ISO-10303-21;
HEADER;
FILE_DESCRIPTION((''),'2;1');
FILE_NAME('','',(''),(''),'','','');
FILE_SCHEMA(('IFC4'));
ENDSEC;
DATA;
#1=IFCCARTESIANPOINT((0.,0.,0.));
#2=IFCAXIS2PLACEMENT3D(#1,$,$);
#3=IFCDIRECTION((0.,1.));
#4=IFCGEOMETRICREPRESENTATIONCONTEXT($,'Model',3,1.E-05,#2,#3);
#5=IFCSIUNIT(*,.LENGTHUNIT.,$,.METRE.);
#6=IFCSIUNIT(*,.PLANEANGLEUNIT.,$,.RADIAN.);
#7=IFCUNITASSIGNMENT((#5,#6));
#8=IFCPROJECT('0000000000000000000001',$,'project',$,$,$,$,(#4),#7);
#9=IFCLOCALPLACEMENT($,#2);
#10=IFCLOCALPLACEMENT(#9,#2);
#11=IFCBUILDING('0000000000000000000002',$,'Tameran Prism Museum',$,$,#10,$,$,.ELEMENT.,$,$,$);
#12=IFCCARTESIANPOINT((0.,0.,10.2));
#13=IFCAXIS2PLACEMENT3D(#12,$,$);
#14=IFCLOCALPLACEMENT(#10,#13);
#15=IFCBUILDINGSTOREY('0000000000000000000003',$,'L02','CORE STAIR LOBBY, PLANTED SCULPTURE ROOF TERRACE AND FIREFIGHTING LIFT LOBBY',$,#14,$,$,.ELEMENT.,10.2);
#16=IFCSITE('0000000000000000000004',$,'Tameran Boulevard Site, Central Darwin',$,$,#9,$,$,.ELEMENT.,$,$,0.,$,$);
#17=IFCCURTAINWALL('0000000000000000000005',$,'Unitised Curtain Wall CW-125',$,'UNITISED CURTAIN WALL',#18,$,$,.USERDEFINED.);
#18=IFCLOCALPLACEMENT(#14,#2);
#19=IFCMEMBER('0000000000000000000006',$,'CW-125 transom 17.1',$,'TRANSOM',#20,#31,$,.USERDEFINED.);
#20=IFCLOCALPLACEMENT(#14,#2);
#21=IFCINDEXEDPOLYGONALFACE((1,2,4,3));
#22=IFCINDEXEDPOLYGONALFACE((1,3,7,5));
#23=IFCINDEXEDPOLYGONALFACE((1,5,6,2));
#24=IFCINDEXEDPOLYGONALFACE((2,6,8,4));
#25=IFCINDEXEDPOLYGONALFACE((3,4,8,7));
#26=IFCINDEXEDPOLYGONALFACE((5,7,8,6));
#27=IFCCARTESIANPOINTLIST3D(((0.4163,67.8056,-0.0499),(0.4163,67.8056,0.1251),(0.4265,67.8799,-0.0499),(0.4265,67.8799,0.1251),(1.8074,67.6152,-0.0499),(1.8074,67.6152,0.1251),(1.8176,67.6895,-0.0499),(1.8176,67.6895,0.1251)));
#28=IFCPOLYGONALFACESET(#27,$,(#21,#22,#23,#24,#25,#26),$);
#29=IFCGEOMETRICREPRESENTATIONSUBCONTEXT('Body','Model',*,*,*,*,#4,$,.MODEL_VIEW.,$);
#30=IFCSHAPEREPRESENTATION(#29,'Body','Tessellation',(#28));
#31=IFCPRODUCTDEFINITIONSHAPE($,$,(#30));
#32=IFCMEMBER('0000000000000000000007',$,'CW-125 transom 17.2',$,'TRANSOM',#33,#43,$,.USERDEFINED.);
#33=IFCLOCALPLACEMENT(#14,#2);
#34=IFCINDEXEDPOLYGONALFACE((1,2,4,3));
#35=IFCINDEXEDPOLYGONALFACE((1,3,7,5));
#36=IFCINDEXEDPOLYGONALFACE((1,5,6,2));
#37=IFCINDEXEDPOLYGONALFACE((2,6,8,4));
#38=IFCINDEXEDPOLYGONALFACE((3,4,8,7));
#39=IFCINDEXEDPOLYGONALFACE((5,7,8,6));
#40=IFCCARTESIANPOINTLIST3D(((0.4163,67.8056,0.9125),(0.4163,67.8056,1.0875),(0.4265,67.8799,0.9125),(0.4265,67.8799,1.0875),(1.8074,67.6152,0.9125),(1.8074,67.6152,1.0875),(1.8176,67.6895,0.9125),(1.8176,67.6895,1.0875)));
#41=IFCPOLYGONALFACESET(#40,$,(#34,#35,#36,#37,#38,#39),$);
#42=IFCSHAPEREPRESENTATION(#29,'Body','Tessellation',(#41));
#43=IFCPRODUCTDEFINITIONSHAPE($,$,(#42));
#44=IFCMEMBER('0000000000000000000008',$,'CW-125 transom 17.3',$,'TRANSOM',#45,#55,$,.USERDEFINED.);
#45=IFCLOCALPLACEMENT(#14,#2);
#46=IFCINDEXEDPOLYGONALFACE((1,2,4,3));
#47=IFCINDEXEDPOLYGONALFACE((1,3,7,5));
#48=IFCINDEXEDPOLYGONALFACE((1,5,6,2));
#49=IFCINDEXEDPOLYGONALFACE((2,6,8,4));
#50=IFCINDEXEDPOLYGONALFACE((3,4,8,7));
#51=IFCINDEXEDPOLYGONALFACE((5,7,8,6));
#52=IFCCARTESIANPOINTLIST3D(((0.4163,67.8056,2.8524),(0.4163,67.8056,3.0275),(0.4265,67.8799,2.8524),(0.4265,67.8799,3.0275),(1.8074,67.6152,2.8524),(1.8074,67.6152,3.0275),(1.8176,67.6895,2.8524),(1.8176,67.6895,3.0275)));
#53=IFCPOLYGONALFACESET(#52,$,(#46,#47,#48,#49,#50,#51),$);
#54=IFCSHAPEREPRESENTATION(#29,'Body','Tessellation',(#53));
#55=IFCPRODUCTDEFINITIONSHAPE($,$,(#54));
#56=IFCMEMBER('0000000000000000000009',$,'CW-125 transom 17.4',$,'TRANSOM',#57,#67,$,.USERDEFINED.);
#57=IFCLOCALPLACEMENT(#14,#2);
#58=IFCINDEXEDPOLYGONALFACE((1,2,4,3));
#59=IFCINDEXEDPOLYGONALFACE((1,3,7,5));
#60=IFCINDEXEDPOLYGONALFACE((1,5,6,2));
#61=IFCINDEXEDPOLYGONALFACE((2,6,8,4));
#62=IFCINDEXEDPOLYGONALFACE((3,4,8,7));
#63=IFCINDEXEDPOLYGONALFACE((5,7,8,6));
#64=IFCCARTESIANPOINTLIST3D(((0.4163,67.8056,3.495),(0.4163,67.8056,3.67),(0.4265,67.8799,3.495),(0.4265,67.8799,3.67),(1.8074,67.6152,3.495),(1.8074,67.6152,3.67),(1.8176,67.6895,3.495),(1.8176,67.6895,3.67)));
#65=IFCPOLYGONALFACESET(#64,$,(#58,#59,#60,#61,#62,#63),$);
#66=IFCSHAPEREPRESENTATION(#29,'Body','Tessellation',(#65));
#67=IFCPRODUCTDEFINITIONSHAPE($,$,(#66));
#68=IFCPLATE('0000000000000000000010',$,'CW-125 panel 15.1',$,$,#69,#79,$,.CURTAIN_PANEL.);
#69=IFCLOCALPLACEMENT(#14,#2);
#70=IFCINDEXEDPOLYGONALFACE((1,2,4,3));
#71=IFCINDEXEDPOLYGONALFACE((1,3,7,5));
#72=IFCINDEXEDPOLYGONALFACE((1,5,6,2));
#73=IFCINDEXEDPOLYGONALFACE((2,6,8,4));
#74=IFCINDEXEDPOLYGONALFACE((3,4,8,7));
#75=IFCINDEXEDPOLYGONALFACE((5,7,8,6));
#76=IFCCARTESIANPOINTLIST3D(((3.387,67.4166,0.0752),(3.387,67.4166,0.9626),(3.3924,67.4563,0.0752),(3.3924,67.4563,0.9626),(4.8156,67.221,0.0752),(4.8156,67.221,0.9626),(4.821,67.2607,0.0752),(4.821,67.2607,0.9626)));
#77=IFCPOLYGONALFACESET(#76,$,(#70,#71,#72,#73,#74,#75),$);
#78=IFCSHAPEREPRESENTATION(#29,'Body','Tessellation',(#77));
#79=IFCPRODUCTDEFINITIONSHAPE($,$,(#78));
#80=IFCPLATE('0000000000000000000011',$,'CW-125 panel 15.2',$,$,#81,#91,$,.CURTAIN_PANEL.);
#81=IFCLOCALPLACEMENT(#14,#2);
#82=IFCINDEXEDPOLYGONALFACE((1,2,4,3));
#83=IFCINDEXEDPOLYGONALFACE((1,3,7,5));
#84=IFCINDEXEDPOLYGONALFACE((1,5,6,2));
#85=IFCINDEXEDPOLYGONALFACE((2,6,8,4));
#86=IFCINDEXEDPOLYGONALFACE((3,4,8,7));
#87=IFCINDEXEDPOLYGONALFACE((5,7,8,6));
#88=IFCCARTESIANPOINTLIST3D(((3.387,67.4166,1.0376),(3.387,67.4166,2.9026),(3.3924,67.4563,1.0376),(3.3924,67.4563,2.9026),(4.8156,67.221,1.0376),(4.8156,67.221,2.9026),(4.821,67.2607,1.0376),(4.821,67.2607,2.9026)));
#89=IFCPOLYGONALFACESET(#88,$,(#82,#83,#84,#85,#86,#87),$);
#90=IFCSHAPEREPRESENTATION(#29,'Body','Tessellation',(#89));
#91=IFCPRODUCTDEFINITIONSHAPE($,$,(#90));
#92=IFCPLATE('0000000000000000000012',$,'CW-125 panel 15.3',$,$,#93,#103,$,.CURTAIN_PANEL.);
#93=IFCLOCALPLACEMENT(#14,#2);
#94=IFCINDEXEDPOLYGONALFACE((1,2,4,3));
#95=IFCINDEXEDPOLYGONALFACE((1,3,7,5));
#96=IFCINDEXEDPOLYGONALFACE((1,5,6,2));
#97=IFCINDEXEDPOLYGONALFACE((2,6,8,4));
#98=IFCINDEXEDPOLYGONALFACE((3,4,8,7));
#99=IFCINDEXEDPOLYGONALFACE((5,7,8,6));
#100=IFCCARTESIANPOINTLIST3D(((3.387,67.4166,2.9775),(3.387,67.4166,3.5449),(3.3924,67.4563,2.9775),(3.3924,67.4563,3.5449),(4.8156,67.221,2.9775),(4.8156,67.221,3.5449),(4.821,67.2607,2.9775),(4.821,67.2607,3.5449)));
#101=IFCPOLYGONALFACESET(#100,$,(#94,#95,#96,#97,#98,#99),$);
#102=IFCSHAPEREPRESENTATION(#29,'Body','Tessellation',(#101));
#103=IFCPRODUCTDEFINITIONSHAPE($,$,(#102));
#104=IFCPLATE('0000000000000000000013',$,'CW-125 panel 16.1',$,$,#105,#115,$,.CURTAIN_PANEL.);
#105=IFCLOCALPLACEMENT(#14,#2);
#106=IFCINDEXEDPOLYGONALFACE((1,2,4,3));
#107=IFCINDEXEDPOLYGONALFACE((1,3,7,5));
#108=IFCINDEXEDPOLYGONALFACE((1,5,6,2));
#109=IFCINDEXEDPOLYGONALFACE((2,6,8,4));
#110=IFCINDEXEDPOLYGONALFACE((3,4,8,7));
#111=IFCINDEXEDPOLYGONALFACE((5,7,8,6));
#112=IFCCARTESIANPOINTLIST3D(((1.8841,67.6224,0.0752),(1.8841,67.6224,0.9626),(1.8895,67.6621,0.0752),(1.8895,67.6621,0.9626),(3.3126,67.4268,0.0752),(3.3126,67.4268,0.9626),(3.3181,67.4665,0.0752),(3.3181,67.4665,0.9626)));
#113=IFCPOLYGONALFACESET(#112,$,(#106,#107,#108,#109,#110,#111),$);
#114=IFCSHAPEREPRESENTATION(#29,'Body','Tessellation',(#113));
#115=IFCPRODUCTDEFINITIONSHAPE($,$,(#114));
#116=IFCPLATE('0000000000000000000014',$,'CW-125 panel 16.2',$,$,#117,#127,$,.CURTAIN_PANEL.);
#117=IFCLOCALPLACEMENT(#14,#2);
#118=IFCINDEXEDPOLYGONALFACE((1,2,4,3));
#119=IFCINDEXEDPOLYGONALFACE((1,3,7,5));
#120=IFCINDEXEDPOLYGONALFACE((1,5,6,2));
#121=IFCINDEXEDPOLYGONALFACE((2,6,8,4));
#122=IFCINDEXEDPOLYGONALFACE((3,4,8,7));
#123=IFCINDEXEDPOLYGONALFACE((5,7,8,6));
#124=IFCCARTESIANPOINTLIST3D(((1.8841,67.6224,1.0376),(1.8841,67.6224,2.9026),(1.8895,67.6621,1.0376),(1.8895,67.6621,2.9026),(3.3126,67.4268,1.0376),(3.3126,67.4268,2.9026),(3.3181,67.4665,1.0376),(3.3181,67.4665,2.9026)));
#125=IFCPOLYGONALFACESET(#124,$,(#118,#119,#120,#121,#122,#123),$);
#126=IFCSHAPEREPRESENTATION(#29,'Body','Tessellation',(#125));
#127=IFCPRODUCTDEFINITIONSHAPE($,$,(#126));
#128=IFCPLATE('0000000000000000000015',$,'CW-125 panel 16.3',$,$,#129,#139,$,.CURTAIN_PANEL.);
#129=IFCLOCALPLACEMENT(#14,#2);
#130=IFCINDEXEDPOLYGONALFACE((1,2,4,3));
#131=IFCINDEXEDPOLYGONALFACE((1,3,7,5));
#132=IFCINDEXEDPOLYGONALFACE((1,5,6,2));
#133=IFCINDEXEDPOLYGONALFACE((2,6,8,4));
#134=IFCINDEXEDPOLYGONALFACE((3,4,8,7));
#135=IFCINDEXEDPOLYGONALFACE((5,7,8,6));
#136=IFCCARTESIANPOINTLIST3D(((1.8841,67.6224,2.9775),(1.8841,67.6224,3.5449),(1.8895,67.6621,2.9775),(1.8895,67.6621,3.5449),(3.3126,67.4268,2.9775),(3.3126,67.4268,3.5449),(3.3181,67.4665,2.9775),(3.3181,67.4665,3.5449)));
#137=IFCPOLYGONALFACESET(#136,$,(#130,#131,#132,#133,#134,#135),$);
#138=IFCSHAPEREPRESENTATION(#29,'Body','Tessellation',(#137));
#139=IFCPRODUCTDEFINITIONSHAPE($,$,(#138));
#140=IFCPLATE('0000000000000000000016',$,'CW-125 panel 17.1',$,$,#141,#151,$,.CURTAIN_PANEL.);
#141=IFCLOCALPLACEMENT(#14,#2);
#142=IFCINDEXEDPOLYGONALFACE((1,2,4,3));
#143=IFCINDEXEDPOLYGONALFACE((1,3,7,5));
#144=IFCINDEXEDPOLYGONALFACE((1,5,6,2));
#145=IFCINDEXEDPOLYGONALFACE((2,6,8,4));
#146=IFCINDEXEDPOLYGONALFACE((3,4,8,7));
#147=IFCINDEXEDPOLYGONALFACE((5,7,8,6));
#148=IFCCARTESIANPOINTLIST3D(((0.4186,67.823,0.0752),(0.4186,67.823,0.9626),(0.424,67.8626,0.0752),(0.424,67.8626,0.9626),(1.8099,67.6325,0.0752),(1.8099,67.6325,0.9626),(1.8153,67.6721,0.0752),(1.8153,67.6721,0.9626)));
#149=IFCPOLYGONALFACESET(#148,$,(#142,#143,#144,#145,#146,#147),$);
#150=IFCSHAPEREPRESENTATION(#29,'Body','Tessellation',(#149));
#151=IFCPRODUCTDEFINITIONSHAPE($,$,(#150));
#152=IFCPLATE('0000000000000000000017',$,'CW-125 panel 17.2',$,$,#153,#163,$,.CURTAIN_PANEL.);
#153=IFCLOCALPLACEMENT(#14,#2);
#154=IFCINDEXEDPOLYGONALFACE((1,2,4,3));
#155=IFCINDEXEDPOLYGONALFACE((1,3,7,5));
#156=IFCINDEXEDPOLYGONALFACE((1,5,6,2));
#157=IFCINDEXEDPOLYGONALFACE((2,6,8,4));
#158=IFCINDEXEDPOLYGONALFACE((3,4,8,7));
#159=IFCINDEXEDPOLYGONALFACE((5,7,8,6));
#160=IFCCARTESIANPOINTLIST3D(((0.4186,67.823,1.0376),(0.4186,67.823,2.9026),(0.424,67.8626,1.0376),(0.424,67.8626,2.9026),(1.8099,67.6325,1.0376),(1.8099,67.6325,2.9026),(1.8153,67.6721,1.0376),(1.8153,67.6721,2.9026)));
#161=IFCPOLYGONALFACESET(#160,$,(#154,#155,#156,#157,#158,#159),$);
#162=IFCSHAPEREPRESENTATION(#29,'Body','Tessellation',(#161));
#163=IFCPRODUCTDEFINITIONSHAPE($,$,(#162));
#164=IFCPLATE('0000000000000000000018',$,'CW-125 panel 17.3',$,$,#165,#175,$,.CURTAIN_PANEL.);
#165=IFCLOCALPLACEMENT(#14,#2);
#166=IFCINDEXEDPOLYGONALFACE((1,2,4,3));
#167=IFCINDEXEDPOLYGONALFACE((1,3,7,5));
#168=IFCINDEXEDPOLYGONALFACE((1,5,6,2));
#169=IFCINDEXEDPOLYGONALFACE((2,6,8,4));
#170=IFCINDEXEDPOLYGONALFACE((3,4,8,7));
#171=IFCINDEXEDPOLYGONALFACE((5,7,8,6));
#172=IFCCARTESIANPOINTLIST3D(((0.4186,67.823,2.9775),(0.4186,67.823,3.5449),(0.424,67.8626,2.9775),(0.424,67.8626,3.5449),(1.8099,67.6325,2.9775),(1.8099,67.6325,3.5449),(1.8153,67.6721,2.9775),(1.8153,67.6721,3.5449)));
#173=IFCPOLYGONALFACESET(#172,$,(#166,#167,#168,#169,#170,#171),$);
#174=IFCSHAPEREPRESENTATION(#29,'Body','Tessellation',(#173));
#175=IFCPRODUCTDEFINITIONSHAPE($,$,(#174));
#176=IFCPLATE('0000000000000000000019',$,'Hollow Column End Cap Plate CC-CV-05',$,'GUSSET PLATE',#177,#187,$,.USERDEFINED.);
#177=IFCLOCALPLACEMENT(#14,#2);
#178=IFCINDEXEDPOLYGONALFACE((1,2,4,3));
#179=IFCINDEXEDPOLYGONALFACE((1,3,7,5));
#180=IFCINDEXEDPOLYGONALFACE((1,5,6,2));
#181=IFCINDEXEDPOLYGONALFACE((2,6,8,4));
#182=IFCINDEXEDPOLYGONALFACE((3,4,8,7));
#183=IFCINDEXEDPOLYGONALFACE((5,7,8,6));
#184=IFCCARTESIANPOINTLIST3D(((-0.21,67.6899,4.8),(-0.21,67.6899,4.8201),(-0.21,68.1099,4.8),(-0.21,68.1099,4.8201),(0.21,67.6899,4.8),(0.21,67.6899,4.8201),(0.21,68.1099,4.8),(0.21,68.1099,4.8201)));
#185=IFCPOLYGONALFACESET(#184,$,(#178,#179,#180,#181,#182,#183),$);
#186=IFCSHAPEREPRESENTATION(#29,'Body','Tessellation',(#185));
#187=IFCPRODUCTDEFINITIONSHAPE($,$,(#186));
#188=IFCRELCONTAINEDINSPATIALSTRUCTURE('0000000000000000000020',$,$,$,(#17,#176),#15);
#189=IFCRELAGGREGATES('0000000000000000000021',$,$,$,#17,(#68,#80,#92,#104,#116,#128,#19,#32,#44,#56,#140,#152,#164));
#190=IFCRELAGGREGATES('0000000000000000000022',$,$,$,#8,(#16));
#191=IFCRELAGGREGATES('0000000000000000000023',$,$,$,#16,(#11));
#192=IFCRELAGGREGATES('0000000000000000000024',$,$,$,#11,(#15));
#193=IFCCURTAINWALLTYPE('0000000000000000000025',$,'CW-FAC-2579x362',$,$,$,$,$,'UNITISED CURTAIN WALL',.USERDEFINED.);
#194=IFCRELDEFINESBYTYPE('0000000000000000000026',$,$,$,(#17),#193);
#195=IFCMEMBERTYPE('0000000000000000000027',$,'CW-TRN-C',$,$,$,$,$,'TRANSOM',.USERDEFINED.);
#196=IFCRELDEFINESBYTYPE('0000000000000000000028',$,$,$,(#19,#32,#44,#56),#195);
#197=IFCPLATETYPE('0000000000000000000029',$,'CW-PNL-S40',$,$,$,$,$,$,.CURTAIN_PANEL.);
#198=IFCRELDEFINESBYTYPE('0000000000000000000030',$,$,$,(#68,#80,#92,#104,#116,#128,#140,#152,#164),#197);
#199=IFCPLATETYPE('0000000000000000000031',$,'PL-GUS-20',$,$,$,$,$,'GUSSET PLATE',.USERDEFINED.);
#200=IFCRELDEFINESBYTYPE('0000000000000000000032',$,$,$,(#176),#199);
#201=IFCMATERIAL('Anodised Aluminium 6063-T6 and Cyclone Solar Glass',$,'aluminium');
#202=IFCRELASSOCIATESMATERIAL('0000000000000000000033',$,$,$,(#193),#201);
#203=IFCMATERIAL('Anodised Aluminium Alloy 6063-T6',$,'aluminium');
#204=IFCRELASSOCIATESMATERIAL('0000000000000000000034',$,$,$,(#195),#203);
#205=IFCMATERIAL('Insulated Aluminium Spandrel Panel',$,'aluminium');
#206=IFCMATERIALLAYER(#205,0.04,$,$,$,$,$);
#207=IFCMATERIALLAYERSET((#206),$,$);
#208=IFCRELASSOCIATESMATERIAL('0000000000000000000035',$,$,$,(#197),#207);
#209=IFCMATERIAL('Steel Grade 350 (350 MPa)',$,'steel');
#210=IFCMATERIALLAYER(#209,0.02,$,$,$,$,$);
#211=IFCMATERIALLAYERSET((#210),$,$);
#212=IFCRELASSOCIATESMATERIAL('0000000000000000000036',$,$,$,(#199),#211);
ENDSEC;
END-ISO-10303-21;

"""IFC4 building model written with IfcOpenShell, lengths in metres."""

from ifc_helpers import new_model, si_unit, direction, frame, origin, origin_2d, place, context, subcontext, project, spatial, rectangle, extrude, material, layer, layer_set, material_profile, profile_set, type_object, element, aggregate, save


model = new_model("IFC4")

# Units and contexts
model_context = context("Model", 3, precision=1e-05, world=origin(), true_north=direction((0.0, 1.0)))
body_context = subcontext(model_context, "Body", "Model", "MODEL_VIEW")
ifc_project = project(units=[si_unit("LENGTHUNIT", "METRE"), si_unit("PLANEANGLEUNIT", "RADIAN")], contexts=[model_context])

# Site, building, storey
site_placement = place(None, origin())
site = spatial("IfcSite", under=ifc_project, at=site_placement, Name="Tameran Boulevard Site, Central Darwin", CompositionType="ELEMENT", RefElevation=0.0)
building_placement = place(site_placement, origin())
building = spatial("IfcBuilding", under=site, at=building_placement, Name="Tameran Prism Museum", CompositionType="ELEMENT")
storey_placement = place(building_placement, frame((0.0, 0.0, 10.2)))
storey = spatial("IfcBuildingStorey", under=building, at=storey_placement, Name="L02", Description="CORE STAIR LOBBY, PLANTED SCULPTURE ROOF TERRACE AND FIREFIGHTING LIFT LOBBY", CompositionType="ELEMENT", Elevation=10.2)

# Curtain wall, members, plates
ifc_material_1 = material(Name="Anodised Aluminium 6063-T6 and Cyclone Solar Glass", Category="aluminium")
curtain_wall_type = type_object("IfcCurtainWallType", Name="CW-FAC-2579x362", ElementType="UNITISED CURTAIN WALL", PredefinedType="USERDEFINED", material=ifc_material_1)
curtain_wall_placement = place(storey_placement, origin())
curtain_wall = element("IfcCurtainWall", 1, at=curtain_wall_placement, inside=storey, type_object=curtain_wall_type, Name="Unitised Curtain Wall CW-125", ObjectType="UNITISED CURTAIN WALL", PredefinedType="USERDEFINED")
ifc_material_2 = material(Name="Anodised Aluminium Alloy 6063-T6", Category="aluminium")
ifc_material_profile_1 = material_profile(ifc_material_2, rectangle(XDim=0.075, YDim=0.175, at=origin_2d()))
ifc_profile_set_1 = profile_set([ifc_material_profile_1])
member_type_1 = type_object("IfcMemberType", Name="CW-TRN-C", ElementType="TRANSOM", PredefinedType="USERDEFINED", material=ifc_profile_set_1)
member_1_placement = place(storey_placement, frame((1.8125, 67.6523, 0.0376), z_axis=(-0.99076, 0.135625, 0.0), x_axis=(-0.135625, -0.99076, 0.0)))
member_1 = element("IfcMember", 2, at=member_1_placement, type_object=member_type_1, Name="CW-125 transom 17.1", ObjectType="TRANSOM", PredefinedType="USERDEFINED", context=body_context, shape_type="SweptSolid", body=[
    extrude(rectangle(XDim=0.075, YDim=0.175, at=origin_2d()), origin(), (0.0, 0.0, 1.0), 1.4041),
])
member_2_placement = place(storey_placement, frame((1.8125, 67.6523, 1.0), z_axis=(-0.99076, 0.135625, 0.0), x_axis=(-0.135625, -0.99076, 0.0)))
member_2 = element("IfcMember", 3, at=member_2_placement, type_object=member_type_1, Name="CW-125 transom 17.2", ObjectType="TRANSOM", PredefinedType="USERDEFINED", context=body_context, shape_type="SweptSolid", body=[
    extrude(rectangle(XDim=0.075, YDim=0.175, at=origin_2d()), origin(), (0.0, 0.0, 1.0), 1.4041),
])
member_3_placement = place(storey_placement, frame((1.8125, 67.6523, 2.9399), z_axis=(-0.99076, 0.135625, 0.0), x_axis=(-0.135625, -0.99076, 0.0)))
member_3 = element("IfcMember", 4, at=member_3_placement, type_object=member_type_1, Name="CW-125 transom 17.3", ObjectType="TRANSOM", PredefinedType="USERDEFINED", context=body_context, shape_type="SweptSolid", body=[
    extrude(rectangle(XDim=0.075, YDim=0.175, at=origin_2d()), origin(), (0.0, 0.0, 1.0), 1.4041),
])
member_4_placement = place(storey_placement, frame((1.8125, 67.6523, 3.5825), z_axis=(-0.99076, 0.135625, 0.0), x_axis=(-0.135625, -0.99076, 0.0)))
member_4 = element("IfcMember", 5, at=member_4_placement, type_object=member_type_1, Name="CW-125 transom 17.4", ObjectType="TRANSOM", PredefinedType="USERDEFINED", context=body_context, shape_type="SweptSolid", body=[
    extrude(rectangle(XDim=0.075, YDim=0.175, at=origin_2d()), origin(), (0.0, 0.0, 1.0), 1.4041),
])
ifc_material_3 = material(Name="Insulated Aluminium Spandrel Panel", Category="aluminium")
ifc_layer_1 = layer(ifc_material_3, 0.04)
ifc_layer_set_1 = layer_set([ifc_layer_1])
plate_type_1 = type_object("IfcPlateType", Name="CW-PNL-S40", PredefinedType="CURTAIN_PANEL", material=ifc_layer_set_1)
plate_1_placement = place(storey_placement, frame((4.104, 67.3386, 0.0752), z_axis=(0.0, 0.0, 1.0), x_axis=(-0.990756, 0.135658, 0.0)))
plate_1 = element("IfcPlate", 6, at=plate_1_placement, type_object=plate_type_1, Name="CW-125 panel 15.1", PredefinedType="CURTAIN_PANEL", context=body_context, shape_type="SweptSolid", body=[
    extrude(rectangle(XDim=1.4419, YDim=0.04, at=origin_2d()), origin(), (0.0, 0.0, 1.0), 0.8875),
])
plate_2_placement = place(storey_placement, frame((4.104, 67.3386, 1.0376), z_axis=(0.0, 0.0, 1.0), x_axis=(-0.990756, 0.135658, 0.0)))
plate_2 = element("IfcPlate", 7, at=plate_2_placement, type_object=plate_type_1, Name="CW-125 panel 15.2", PredefinedType="CURTAIN_PANEL", context=body_context, shape_type="SweptSolid", body=[
    extrude(rectangle(XDim=1.4419, YDim=0.04, at=origin_2d()), origin(), (0.0, 0.0, 1.0), 1.865),
])
plate_3_placement = place(storey_placement, frame((4.104, 67.3386, 2.9775), z_axis=(0.0, 0.0, 1.0), x_axis=(-0.990756, 0.135658, 0.0)))
plate_3 = element("IfcPlate", 8, at=plate_3_placement, type_object=plate_type_1, Name="CW-125 panel 15.3", PredefinedType="CURTAIN_PANEL", context=body_context, shape_type="SweptSolid", body=[
    extrude(rectangle(XDim=1.4419, YDim=0.04, at=origin_2d()), origin(), (0.0, 0.0, 1.0), 0.5674),
])
plate_4_placement = place(storey_placement, frame((2.6011, 67.5444, 0.0752), z_axis=(0.0, 0.0, 1.0), x_axis=(-0.990756, 0.135658, 0.0)))
plate_4 = element("IfcPlate", 9, at=plate_4_placement, type_object=plate_type_1, Name="CW-125 panel 16.1", PredefinedType="CURTAIN_PANEL", context=body_context, shape_type="SweptSolid", body=[
    extrude(rectangle(XDim=1.4419, YDim=0.04, at=origin_2d()), origin(), (0.0, 0.0, 1.0), 0.8875),
])
plate_5_placement = place(storey_placement, frame((2.6011, 67.5444, 1.0376), z_axis=(0.0, 0.0, 1.0), x_axis=(-0.990756, 0.135658, 0.0)))
plate_5 = element("IfcPlate", 10, at=plate_5_placement, type_object=plate_type_1, Name="CW-125 panel 16.2", PredefinedType="CURTAIN_PANEL", context=body_context, shape_type="SweptSolid", body=[
    extrude(rectangle(XDim=1.4419, YDim=0.04, at=origin_2d()), origin(), (0.0, 0.0, 1.0), 1.865),
])
plate_6_placement = place(storey_placement, frame((2.6011, 67.5444, 2.9775), z_axis=(0.0, 0.0, 1.0), x_axis=(-0.990756, 0.135658, 0.0)))
plate_6 = element("IfcPlate", 11, at=plate_6_placement, type_object=plate_type_1, Name="CW-125 panel 16.3", PredefinedType="CURTAIN_PANEL", context=body_context, shape_type="SweptSolid", body=[
    extrude(rectangle(XDim=1.4419, YDim=0.04, at=origin_2d()), origin(), (0.0, 0.0, 1.0), 0.5674),
])
plate_7_placement = place(storey_placement, frame((1.1169, 67.7476, 0.0752), z_axis=(0.0, 0.0, 1.0), x_axis=(-0.990756, 0.135658, 0.0)))
plate_7 = element("IfcPlate", 12, at=plate_7_placement, type_object=plate_type_1, Name="CW-125 panel 17.1", PredefinedType="CURTAIN_PANEL", context=body_context, shape_type="SweptSolid", body=[
    extrude(rectangle(XDim=1.4043, YDim=0.04, at=origin_2d()), origin(), (0.0, 0.0, 1.0), 0.8875),
])
plate_8_placement = place(storey_placement, frame((1.1169, 67.7476, 1.0376), z_axis=(0.0, 0.0, 1.0), x_axis=(-0.990756, 0.135658, 0.0)))
plate_8 = element("IfcPlate", 13, at=plate_8_placement, type_object=plate_type_1, Name="CW-125 panel 17.2", PredefinedType="CURTAIN_PANEL", context=body_context, shape_type="SweptSolid", body=[
    extrude(rectangle(XDim=1.4043, YDim=0.04, at=origin_2d()), origin(), (0.0, 0.0, 1.0), 1.865),
])
plate_9_placement = place(storey_placement, frame((1.1169, 67.7476, 2.9775), z_axis=(0.0, 0.0, 1.0), x_axis=(-0.990756, 0.135658, 0.0)))
plate_9 = element("IfcPlate", 14, at=plate_9_placement, type_object=plate_type_1, Name="CW-125 panel 17.3", PredefinedType="CURTAIN_PANEL", context=body_context, shape_type="SweptSolid", body=[
    extrude(rectangle(XDim=1.4043, YDim=0.04, at=origin_2d()), origin(), (0.0, 0.0, 1.0), 0.5674),
])
aggregate(curtain_wall, [plate_1, plate_2, plate_3, plate_4, plate_5, plate_6, member_1, member_2, member_3, member_4, plate_7, plate_8, plate_9])

# Plate
ifc_material_4 = material(Name="Steel Grade 350 (350 MPa)", Category="steel")
ifc_layer_2 = layer(ifc_material_4, 0.02)
ifc_layer_set_2 = layer_set([ifc_layer_2])
plate_type_2 = type_object("IfcPlateType", Name="PL-GUS-20", ElementType="GUSSET PLATE", PredefinedType="USERDEFINED", material=ifc_layer_set_2)
plate_10_placement = place(storey_placement, frame((0.0, 67.8999, 4.8), z_axis=(0.0, 0.0, 1.0), x_axis=(1.0, 0.0, 0.0)))
element("IfcPlate", 15, at=plate_10_placement, inside=storey, type_object=plate_type_2, Name="Hollow Column End Cap Plate CC-CV-05", ObjectType="GUSSET PLATE", PredefinedType="USERDEFINED", context=body_context, shape_type="SweptSolid", body=[
    extrude(rectangle(XDim=0.4199, YDim=0.4199, at=origin_2d()), origin(), (0.0, 0.0, 1.0), 0.02),
])

save(model, "model.ifc")
